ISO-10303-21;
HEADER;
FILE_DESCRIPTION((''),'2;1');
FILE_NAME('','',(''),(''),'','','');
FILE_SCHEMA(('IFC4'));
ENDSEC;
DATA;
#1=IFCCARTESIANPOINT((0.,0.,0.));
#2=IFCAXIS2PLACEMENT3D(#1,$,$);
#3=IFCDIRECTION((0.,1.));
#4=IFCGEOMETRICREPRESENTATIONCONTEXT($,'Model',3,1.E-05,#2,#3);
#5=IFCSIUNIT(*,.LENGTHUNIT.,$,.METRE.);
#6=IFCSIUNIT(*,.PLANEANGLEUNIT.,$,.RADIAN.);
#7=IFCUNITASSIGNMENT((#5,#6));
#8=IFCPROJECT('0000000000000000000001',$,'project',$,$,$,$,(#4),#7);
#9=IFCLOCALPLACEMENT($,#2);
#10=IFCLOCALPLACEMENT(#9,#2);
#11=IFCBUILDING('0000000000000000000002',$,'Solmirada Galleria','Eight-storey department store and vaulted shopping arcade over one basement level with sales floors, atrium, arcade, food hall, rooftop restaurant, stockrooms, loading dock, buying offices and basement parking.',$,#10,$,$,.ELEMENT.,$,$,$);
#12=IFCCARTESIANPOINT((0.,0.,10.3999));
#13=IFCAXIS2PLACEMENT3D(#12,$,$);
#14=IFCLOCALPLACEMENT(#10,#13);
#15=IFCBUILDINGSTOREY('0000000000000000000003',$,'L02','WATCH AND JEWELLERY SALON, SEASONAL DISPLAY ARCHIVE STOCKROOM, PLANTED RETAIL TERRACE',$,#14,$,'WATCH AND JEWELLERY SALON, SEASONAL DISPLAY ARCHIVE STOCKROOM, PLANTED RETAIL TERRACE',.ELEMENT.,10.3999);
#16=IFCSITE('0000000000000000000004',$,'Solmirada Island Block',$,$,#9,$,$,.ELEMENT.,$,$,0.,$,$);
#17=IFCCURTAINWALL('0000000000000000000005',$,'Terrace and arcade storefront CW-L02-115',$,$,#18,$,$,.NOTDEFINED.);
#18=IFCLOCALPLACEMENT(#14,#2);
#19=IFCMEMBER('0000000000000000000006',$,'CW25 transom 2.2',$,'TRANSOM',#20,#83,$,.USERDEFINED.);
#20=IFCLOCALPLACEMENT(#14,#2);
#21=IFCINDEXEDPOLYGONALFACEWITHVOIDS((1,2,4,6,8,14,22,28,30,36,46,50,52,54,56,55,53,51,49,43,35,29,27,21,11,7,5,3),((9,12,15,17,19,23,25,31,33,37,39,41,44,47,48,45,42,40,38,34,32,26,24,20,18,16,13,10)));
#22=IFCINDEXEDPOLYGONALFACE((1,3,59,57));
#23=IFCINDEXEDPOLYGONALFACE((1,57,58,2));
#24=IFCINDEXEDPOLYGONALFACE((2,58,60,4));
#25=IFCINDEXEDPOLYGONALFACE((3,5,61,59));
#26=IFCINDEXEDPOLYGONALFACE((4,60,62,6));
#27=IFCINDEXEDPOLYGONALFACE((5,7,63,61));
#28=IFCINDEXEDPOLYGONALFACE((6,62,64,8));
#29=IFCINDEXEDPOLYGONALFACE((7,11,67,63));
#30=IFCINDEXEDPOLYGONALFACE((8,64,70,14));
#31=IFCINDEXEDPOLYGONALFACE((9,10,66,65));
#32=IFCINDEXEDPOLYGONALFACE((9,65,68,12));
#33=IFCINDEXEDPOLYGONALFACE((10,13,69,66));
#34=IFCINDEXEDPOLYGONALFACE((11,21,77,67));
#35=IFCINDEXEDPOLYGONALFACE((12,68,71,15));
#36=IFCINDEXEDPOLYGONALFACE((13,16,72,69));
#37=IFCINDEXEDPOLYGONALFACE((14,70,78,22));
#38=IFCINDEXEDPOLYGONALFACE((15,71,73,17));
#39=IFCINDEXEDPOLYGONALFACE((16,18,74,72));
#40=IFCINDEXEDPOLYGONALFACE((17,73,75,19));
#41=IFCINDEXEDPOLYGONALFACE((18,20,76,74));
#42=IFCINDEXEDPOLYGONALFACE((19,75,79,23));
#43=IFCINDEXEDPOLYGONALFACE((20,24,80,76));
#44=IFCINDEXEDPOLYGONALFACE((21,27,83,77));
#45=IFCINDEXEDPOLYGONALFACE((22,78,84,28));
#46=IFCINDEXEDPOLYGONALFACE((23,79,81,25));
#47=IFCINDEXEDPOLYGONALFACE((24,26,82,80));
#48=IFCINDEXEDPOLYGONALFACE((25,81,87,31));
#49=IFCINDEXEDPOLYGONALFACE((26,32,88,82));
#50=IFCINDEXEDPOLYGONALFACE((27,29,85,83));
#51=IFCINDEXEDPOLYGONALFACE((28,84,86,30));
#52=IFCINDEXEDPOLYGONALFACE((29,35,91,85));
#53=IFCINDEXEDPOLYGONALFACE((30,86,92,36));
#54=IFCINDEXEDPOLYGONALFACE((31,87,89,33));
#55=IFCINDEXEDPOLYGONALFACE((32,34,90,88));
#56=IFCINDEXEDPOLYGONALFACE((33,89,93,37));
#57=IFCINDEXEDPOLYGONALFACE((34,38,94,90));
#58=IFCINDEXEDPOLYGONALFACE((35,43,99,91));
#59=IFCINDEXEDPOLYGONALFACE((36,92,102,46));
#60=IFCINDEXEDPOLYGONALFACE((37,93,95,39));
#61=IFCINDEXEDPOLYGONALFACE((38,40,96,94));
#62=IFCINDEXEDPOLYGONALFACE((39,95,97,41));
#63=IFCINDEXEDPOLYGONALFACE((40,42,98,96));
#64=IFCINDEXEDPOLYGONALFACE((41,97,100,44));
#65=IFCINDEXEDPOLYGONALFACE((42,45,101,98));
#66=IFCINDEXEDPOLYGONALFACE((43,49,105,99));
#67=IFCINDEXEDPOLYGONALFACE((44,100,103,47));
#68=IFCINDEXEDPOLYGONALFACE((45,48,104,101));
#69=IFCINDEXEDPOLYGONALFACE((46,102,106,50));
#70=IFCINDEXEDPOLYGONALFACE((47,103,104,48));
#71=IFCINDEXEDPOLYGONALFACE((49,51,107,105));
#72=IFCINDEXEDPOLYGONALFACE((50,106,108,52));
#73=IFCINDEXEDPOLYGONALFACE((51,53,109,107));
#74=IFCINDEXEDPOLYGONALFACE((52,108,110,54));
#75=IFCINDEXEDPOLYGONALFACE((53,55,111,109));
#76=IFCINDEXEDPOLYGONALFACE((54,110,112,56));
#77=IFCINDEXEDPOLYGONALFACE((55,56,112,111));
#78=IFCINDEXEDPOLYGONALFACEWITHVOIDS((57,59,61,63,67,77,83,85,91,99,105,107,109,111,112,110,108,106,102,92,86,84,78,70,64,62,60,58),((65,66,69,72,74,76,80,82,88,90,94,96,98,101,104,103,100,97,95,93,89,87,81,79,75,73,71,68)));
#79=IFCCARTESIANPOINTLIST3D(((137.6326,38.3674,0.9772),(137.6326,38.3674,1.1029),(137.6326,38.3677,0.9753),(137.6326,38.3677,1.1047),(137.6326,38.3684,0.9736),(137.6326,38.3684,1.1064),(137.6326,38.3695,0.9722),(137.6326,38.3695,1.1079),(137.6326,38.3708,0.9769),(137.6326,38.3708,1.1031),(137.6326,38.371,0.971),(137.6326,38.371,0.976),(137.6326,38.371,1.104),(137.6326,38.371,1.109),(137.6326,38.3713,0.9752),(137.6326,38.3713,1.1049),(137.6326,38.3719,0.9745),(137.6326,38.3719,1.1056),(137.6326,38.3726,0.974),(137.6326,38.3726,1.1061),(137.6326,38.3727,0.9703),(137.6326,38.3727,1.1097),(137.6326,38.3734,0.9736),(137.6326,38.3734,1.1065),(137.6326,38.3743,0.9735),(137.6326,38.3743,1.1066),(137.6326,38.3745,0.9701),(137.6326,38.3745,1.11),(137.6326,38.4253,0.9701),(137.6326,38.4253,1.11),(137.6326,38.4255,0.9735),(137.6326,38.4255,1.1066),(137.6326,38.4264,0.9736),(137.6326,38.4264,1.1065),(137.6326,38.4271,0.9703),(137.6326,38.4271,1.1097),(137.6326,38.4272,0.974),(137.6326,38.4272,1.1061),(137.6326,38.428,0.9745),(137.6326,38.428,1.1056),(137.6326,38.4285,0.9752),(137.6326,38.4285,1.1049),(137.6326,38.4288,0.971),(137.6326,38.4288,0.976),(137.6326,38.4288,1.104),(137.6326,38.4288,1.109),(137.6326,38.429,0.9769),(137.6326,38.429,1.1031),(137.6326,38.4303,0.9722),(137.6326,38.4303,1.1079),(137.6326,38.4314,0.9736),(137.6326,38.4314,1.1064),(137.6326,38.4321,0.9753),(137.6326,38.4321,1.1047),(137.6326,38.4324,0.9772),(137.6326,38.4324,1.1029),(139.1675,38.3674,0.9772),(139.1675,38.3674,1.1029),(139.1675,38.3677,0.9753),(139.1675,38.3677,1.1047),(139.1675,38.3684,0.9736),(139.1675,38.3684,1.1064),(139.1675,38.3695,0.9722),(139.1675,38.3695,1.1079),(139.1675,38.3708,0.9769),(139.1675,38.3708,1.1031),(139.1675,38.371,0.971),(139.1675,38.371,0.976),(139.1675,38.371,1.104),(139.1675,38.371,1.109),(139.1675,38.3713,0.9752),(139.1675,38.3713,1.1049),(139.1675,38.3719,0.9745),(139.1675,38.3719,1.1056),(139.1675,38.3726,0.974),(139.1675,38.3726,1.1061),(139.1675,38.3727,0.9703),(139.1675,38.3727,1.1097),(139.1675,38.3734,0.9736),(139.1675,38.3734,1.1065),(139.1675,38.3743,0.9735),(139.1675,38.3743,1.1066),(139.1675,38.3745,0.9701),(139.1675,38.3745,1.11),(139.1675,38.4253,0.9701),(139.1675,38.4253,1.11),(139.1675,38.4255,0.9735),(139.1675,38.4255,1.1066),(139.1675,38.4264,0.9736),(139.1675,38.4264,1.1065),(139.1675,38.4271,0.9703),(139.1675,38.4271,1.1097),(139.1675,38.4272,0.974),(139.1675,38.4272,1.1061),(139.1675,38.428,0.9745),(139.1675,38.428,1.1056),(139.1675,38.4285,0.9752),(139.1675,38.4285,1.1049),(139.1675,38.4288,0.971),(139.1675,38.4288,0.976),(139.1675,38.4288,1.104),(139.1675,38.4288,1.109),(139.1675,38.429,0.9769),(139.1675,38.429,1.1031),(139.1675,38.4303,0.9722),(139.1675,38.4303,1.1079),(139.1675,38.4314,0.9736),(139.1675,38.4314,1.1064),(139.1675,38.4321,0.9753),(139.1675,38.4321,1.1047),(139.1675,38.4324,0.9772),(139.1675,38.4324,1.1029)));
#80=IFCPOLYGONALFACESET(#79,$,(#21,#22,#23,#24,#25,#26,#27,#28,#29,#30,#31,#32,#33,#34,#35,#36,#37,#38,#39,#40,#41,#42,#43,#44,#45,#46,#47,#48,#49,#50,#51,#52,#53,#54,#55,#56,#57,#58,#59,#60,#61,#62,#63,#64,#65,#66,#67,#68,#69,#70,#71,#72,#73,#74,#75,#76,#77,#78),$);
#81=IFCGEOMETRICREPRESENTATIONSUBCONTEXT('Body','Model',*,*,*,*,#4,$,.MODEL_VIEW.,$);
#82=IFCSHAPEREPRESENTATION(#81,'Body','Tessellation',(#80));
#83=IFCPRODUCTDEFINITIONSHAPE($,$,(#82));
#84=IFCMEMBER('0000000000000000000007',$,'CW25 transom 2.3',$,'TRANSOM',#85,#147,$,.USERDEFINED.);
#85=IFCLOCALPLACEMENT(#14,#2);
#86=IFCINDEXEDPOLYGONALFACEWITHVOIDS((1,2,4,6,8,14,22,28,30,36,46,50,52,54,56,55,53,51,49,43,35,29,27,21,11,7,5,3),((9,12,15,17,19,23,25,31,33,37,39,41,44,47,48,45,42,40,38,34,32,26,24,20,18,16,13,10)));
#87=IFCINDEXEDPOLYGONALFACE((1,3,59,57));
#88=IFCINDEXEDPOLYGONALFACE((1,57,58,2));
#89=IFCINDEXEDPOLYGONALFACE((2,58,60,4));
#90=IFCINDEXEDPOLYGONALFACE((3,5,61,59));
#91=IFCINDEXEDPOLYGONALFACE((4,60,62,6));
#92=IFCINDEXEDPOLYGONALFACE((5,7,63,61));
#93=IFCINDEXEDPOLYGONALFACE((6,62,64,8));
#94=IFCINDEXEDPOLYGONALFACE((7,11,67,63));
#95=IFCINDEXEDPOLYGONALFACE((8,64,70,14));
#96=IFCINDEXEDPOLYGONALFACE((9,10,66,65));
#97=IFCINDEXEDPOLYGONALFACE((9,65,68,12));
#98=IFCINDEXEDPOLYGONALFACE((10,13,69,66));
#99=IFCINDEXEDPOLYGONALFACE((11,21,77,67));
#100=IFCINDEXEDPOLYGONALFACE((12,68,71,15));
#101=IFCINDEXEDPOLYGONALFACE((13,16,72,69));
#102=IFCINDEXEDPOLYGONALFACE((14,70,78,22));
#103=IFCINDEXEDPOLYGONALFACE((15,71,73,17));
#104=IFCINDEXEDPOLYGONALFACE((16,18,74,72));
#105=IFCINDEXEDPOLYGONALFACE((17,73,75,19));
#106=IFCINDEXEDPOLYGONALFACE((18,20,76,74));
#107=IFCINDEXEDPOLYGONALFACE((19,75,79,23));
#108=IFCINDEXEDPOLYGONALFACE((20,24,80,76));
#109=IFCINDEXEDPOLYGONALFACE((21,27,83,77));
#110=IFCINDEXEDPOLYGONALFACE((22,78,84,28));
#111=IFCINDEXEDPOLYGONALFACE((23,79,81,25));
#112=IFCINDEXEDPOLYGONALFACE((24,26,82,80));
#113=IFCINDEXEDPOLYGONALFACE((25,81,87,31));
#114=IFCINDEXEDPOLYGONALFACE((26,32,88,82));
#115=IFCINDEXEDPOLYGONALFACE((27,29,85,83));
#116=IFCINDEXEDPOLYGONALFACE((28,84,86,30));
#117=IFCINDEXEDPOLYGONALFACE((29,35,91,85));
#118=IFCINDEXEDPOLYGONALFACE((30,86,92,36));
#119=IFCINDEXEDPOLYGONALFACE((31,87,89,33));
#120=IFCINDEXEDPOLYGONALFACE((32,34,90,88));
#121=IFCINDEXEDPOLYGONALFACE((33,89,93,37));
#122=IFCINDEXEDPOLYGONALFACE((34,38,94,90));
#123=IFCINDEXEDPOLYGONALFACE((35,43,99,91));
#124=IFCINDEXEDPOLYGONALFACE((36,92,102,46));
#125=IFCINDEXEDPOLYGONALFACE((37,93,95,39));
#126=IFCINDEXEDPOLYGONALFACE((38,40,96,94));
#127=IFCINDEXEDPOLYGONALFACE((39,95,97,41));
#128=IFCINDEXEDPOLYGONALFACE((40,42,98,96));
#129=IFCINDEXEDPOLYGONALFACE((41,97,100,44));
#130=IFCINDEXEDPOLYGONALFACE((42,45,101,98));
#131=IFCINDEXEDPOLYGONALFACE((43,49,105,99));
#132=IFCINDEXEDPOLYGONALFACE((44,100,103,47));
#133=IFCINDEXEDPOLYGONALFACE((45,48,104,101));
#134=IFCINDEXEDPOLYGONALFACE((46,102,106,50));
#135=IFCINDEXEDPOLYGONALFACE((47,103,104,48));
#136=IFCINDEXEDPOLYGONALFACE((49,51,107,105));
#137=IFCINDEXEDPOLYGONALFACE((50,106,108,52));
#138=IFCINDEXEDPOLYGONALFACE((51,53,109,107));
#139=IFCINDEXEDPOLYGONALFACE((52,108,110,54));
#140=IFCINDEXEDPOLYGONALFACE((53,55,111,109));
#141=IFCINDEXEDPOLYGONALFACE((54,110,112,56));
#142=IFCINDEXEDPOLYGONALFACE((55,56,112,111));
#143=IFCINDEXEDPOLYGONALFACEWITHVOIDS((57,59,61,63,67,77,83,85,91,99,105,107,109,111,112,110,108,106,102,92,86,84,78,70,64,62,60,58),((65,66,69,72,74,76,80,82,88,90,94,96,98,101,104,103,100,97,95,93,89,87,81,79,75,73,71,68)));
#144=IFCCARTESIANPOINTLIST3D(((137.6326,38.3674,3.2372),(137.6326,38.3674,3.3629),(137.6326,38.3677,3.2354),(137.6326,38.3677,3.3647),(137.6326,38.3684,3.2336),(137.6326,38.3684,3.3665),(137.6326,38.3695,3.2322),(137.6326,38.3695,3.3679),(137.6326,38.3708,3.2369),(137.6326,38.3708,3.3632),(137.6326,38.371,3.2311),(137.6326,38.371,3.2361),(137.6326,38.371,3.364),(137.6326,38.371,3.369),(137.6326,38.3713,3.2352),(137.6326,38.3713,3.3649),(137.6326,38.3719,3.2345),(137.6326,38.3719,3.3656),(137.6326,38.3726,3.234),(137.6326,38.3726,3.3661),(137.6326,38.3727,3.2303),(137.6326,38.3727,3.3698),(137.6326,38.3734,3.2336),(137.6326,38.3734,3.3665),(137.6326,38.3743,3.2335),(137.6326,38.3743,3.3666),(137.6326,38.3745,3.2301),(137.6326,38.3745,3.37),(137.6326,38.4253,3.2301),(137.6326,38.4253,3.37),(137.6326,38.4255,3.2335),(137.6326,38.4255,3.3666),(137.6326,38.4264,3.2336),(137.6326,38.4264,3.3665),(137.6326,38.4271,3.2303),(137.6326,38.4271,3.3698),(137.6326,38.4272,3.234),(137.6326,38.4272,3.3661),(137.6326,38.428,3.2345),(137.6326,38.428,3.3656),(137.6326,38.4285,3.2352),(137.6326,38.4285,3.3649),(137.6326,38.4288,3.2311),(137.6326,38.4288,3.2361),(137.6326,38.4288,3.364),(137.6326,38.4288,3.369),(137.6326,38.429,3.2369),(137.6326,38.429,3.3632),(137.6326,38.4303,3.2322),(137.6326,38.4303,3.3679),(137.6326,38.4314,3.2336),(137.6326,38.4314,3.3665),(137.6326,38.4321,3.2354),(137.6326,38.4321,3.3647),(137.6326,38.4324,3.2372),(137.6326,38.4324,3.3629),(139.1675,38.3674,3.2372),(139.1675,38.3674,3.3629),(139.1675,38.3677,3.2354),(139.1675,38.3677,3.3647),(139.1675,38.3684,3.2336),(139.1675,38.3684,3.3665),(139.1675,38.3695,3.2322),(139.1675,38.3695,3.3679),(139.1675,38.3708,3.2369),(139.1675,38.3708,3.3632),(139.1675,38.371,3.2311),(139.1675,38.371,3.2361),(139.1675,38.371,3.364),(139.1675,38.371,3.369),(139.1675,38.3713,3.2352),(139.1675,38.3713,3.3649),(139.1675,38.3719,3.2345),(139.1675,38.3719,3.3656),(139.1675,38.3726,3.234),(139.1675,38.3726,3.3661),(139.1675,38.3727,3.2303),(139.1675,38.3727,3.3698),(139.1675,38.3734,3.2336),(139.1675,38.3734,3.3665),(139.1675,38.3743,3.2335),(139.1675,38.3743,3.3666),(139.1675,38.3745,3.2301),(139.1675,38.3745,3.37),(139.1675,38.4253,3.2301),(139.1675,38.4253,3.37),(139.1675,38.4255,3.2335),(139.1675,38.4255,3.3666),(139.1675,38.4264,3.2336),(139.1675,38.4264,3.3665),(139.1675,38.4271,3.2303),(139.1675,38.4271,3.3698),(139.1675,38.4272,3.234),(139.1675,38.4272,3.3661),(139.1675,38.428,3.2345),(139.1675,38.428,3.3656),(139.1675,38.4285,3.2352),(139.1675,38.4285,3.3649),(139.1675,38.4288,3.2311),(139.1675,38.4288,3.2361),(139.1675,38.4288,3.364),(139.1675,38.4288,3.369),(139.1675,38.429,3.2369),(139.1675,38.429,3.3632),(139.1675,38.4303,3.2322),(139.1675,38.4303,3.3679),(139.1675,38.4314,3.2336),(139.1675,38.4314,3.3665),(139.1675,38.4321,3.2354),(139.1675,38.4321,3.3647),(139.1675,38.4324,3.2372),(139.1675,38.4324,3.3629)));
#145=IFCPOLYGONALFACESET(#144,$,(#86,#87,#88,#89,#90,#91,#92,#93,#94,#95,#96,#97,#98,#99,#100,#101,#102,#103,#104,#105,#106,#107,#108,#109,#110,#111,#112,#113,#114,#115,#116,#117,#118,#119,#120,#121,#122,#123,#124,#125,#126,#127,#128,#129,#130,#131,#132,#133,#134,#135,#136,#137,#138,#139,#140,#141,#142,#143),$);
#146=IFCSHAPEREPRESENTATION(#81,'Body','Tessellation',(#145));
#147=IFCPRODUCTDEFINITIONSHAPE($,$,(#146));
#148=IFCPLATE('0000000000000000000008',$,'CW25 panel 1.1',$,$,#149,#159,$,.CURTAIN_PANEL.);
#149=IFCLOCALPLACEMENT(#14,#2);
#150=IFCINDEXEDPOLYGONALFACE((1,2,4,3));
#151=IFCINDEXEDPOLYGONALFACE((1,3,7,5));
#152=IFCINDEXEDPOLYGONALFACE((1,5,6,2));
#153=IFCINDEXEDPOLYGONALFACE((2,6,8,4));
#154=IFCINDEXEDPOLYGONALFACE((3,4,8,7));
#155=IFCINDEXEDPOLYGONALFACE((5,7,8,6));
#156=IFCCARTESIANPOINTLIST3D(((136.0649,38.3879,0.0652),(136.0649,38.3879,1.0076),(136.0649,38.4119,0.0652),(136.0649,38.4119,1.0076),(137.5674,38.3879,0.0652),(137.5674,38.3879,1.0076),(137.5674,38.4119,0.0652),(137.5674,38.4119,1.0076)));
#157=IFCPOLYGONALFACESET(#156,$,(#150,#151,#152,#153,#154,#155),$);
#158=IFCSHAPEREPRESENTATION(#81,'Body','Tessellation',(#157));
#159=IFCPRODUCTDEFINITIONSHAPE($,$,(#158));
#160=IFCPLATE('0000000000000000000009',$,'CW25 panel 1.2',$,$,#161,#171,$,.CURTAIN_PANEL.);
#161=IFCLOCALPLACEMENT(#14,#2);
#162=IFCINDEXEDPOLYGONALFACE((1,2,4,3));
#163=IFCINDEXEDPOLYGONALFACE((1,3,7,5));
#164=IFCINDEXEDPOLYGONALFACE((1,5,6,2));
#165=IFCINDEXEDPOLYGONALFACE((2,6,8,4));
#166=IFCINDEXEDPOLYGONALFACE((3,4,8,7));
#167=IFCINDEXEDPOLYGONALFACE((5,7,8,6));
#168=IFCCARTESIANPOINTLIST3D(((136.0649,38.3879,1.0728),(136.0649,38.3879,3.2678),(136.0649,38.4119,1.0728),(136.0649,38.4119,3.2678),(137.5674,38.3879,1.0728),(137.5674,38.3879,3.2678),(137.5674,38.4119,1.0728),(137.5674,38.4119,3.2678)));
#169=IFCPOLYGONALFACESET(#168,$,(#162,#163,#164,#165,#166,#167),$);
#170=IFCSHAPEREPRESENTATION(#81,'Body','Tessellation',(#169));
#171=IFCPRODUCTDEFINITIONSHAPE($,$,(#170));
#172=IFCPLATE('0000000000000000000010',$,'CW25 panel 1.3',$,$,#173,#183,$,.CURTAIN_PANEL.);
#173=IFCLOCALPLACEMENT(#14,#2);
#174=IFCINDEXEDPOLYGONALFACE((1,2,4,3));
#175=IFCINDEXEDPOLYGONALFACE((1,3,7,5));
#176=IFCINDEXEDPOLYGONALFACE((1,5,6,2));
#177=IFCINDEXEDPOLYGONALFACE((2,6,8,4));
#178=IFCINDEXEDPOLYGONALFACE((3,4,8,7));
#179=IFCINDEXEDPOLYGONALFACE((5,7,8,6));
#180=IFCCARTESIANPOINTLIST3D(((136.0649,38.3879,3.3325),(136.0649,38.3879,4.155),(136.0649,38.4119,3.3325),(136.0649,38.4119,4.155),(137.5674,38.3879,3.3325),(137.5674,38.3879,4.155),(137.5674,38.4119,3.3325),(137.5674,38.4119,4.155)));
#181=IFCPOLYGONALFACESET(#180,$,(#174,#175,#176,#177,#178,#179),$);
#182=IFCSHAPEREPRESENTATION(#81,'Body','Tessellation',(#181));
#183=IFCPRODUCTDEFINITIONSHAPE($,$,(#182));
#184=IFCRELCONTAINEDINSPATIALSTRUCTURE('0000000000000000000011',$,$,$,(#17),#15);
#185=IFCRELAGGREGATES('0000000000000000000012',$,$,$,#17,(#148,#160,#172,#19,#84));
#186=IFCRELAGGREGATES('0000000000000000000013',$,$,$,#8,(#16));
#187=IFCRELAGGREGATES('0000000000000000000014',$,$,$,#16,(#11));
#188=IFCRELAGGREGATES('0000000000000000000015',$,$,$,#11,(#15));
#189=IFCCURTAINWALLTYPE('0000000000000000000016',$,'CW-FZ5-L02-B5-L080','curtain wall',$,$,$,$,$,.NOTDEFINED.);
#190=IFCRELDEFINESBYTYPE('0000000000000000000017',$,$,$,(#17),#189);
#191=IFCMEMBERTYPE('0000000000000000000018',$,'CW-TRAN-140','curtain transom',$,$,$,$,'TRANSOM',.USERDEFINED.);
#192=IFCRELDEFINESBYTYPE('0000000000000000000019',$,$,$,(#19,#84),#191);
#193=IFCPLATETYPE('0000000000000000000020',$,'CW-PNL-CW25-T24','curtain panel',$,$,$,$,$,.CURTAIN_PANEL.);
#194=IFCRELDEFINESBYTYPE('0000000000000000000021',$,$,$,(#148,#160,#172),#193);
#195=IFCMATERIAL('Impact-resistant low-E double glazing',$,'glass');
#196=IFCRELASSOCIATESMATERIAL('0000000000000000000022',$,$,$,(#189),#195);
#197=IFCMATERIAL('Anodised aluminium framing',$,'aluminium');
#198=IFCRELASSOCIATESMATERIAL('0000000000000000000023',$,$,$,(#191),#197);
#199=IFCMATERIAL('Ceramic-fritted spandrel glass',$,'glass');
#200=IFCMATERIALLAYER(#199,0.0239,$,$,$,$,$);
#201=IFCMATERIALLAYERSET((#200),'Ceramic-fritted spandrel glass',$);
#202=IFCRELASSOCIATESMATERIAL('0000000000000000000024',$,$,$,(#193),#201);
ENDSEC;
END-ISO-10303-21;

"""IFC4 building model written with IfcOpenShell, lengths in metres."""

from ifc_helpers import new_model, si_unit, direction, frame, origin, origin_2d, place, context, subcontext, project, spatial, rectangle, hollow_rectangle, extrude, material, layer, layer_set, material_profile, profile_set, type_object, element, aggregate, save


model = new_model("IFC4")

# Units and contexts
model_context = context("Model", 3, precision=1e-05, world=origin(), true_north=direction((0.0, 1.0)))
body_context = subcontext(model_context, "Body", "Model", "MODEL_VIEW")
ifc_project = project(units=[si_unit("LENGTHUNIT", "METRE"), si_unit("PLANEANGLEUNIT", "RADIAN")], contexts=[model_context])

# Site, building, storey
site_placement = place(None, origin())
site = spatial("IfcSite", under=ifc_project, at=site_placement, Name="Solmirada Island Block", CompositionType="ELEMENT", RefElevation=0.0)
building_placement = place(site_placement, origin())
building = spatial("IfcBuilding", under=site, at=building_placement, Name="Solmirada Galleria", Description="Eight-storey department store and vaulted shopping arcade over one basement level with sales floors, atrium, arcade, food hall, rooftop restaurant, stockrooms, loading dock, buying offices and basement parking.", CompositionType="ELEMENT")
storey_placement = place(building_placement, frame((0.0, 0.0, 10.3999)))
storey = spatial("IfcBuildingStorey", under=building, at=storey_placement, Name="L02", Description="WATCH AND JEWELLERY SALON, SEASONAL DISPLAY ARCHIVE STOCKROOM, PLANTED RETAIL TERRACE", LongName="WATCH AND JEWELLERY SALON, SEASONAL DISPLAY ARCHIVE STOCKROOM, PLANTED RETAIL TERRACE", CompositionType="ELEMENT", Elevation=10.3999)

# Curtain wall, members, plates
ifc_material_1 = material(Name="Impact-resistant low-E double glazing", Category="glass")
curtain_wall_type = type_object("IfcCurtainWallType", Name="CW-FZ5-L02-B5-L080", Description="curtain wall", PredefinedType="NOTDEFINED", material=ifc_material_1)
curtain_wall_placement = place(storey_placement, origin())
curtain_wall = element("IfcCurtainWall", 1, at=curtain_wall_placement, inside=storey, type_object=curtain_wall_type, Name="Terrace and arcade storefront CW-L02-115", PredefinedType="NOTDEFINED")
ifc_material_2 = material(Name="Anodised aluminium framing", Category="aluminium")
ifc_material_profile_1 = material_profile(ifc_material_2, hollow_rectangle(XDim=0.0649, YDim=0.1399, WallThickness=0.0034, InnerFilletRadius=0.0034, OuterFilletRadius=0.0071, at=origin_2d()), Name="ALU-TRAN-140X65")
ifc_profile_set_1 = profile_set([ifc_material_profile_1], Name="Anodised aluminium framing")
member_type_1 = type_object("IfcMemberType", Name="CW-TRAN-140", Description="curtain transom", ElementType="TRANSOM", PredefinedType="USERDEFINED", material=ifc_profile_set_1)
member_1_placement = place(storey_placement, frame((137.6326, 38.3999, 1.04), z_axis=(1.0, 0.0, 0.0), x_axis=(0.0, 1.0, 0.0)))
member_1 = element("IfcMember", 2, at=member_1_placement, type_object=member_type_1, Name="CW25 transom 2.2", ObjectType="TRANSOM", PredefinedType="USERDEFINED", context=body_context, shape_type="SweptSolid", body=[
    extrude(hollow_rectangle(XDim=0.0649, YDim=0.1399, WallThickness=0.0034, InnerFilletRadius=0.0034, OuterFilletRadius=0.0071, at=origin_2d()), origin(), (0.0, 0.0, 1.0), 1.5349),
])
member_2_placement = place(storey_placement, frame((137.6326, 38.3999, 3.3), z_axis=(1.0, 0.0, 0.0), x_axis=(0.0, 1.0, 0.0)))
member_2 = element("IfcMember", 3, at=member_2_placement, type_object=member_type_1, Name="CW25 transom 2.3", ObjectType="TRANSOM", PredefinedType="USERDEFINED", context=body_context, shape_type="SweptSolid", body=[
    extrude(hollow_rectangle(XDim=0.0649, YDim=0.1399, WallThickness=0.0034, InnerFilletRadius=0.0034, OuterFilletRadius=0.0071, at=origin_2d()), origin(), (0.0, 0.0, 1.0), 1.5349),
])
ifc_material_3 = material(Name="Ceramic-fritted spandrel glass", Category="glass")
ifc_layer_1 = layer(ifc_material_3, 0.0239)
ifc_layer_set_1 = layer_set([ifc_layer_1], Name="Ceramic-fritted spandrel glass")
plate_type = type_object("IfcPlateType", Name="CW-PNL-CW25-T24", Description="curtain panel", PredefinedType="CURTAIN_PANEL", material=ifc_layer_set_1)
plate_1_placement = place(storey_placement, frame((136.8162, 38.3999, 0.0652), z_axis=(0.0, 0.0, 1.0), x_axis=(1.0, 0.0, 0.0)))
plate_1 = element("IfcPlate", 4, at=plate_1_placement, type_object=plate_type, Name="CW25 panel 1.1", PredefinedType="CURTAIN_PANEL", context=body_context, shape_type="SweptSolid", body=[
    extrude(rectangle(XDim=1.5024, YDim=0.0239, at=origin_2d()), origin(), (0.0, 0.0, 1.0), 0.9424),
])
plate_2_placement = place(storey_placement, frame((136.8162, 38.3999, 1.0728), z_axis=(0.0, 0.0, 1.0), x_axis=(1.0, 0.0, 0.0)))
plate_2 = element("IfcPlate", 5, at=plate_2_placement, type_object=plate_type, Name="CW25 panel 1.2", PredefinedType="CURTAIN_PANEL", context=body_context, shape_type="SweptSolid", body=[
    extrude(rectangle(XDim=1.5024, YDim=0.0239, at=origin_2d()), origin(), (0.0, 0.0, 1.0), 2.1951),
])
plate_3_placement = place(storey_placement, frame((136.8162, 38.3999, 3.3325), z_axis=(0.0, 0.0, 1.0), x_axis=(1.0, 0.0, 0.0)))
plate_3 = element("IfcPlate", 6, at=plate_3_placement, type_object=plate_type, Name="CW25 panel 1.3", PredefinedType="CURTAIN_PANEL", context=body_context, shape_type="SweptSolid", body=[
    extrude(rectangle(XDim=1.5024, YDim=0.0239, at=origin_2d()), origin(), (0.0, 0.0, 1.0), 0.8225),
])
aggregate(curtain_wall, [plate_1, plate_2, plate_3, member_1, member_2])

save(model, "model.ifc")
